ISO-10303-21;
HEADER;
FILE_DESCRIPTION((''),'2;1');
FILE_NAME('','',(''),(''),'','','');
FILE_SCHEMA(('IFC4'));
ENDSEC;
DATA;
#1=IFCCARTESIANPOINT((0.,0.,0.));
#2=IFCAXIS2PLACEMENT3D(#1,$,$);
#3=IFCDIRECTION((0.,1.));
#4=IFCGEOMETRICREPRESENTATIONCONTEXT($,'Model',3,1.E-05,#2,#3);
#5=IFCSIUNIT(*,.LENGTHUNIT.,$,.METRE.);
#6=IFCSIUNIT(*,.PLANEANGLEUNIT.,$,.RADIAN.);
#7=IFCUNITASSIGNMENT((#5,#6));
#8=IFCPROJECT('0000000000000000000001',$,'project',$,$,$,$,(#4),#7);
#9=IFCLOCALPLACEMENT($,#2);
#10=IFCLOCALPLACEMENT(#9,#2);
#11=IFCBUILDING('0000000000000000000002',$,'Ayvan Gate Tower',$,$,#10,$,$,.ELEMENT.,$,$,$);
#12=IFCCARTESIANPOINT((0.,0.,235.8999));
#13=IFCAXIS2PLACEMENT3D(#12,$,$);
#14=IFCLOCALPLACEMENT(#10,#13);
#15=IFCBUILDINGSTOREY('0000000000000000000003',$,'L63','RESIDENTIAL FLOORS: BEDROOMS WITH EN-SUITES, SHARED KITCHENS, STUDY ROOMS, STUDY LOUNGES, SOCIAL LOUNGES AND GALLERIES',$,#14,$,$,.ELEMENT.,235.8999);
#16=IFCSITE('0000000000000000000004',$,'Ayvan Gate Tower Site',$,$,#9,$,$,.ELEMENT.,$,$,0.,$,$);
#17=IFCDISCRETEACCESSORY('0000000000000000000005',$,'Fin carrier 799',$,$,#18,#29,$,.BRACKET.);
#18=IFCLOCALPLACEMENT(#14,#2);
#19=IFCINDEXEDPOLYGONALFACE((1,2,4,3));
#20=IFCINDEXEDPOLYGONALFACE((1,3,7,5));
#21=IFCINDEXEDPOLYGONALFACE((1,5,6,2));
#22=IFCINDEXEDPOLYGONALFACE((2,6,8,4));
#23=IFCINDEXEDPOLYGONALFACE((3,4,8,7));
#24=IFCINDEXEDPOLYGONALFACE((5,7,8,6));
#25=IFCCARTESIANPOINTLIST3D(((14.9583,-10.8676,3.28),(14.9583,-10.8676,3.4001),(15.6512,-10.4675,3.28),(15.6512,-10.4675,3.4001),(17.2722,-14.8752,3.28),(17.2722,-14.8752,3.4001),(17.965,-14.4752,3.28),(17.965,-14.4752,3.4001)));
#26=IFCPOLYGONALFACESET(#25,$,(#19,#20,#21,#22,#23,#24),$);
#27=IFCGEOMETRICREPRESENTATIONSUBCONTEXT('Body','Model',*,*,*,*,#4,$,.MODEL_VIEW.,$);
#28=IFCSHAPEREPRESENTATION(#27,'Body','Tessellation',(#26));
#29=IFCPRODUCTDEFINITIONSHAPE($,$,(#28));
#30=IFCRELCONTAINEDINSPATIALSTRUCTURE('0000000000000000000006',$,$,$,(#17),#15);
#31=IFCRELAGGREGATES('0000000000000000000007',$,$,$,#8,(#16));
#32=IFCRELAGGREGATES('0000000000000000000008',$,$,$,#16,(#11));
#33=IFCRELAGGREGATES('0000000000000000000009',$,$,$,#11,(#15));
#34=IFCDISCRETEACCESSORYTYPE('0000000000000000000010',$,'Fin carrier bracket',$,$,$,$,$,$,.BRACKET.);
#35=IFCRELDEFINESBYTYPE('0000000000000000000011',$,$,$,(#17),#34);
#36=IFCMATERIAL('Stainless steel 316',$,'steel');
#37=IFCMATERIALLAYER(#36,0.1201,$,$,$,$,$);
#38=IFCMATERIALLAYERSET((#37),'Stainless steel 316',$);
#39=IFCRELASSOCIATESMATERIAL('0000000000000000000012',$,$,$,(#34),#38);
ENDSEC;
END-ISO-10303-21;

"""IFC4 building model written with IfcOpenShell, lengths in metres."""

from ifc_helpers import new_model, si_unit, direction, frame, origin, origin_2d, place, context, subcontext, project, spatial, rectangle, extrude, material, layer, layer_set, type_object, element, save


model = new_model("IFC4")

# Units and contexts
model_context = context("Model", 3, precision=1e-05, world=origin(), true_north=direction((0.0, 1.0)))
body_context = subcontext(model_context, "Body", "Model", "MODEL_VIEW")
ifc_project = project(units=[si_unit("LENGTHUNIT", "METRE"), si_unit("PLANEANGLEUNIT", "RADIAN")], contexts=[model_context])

# Site, building, storey
site_placement = place(None, origin())
site = spatial("IfcSite", under=ifc_project, at=site_placement, Name="Ayvan Gate Tower Site", CompositionType="ELEMENT", RefElevation=0.0)
building_placement = place(site_placement, origin())
building = spatial("IfcBuilding", under=site, at=building_placement, Name="Ayvan Gate Tower", CompositionType="ELEMENT")
storey_placement = place(building_placement, frame((0.0, 0.0, 235.8999)))
storey = spatial("IfcBuildingStorey", under=building, at=storey_placement, Name="L63", Description="RESIDENTIAL FLOORS: BEDROOMS WITH EN-SUITES, SHARED KITCHENS, STUDY ROOMS, STUDY LOUNGES, SOCIAL LOUNGES AND GALLERIES", CompositionType="ELEMENT", Elevation=235.8999)

# Discrete accessory
ifc_material_1 = material(Name="Stainless steel 316", Category="steel")
ifc_layer_1 = layer(ifc_material_1, 0.1201)
ifc_layer_set_1 = layer_set([ifc_layer_1], Name="Stainless steel 316")
discrete_accessory_type = type_object("IfcDiscreteAccessoryType", Name="Fin carrier bracket", PredefinedType="BRACKET", material=ifc_layer_set_1)
discrete_accessory_1_placement = place(storey_placement, frame((16.4617, -12.6714, 3.28), z_axis=(0.0, 0.0, 1.0), x_axis=(0.866025, 0.5, 0.0)))
element("IfcDiscreteAccessory", 1, at=discrete_accessory_1_placement, inside=storey, type_object=discrete_accessory_type, Name="Fin carrier 799", PredefinedType="BRACKET", context=body_context, shape_type="SweptSolid", body=[
    extrude(rectangle(XDim=0.8, YDim=4.6277, at=origin_2d()), origin(), (0.0, 0.0, 1.0), 0.1201),
])

save(model, "model.ifc")
